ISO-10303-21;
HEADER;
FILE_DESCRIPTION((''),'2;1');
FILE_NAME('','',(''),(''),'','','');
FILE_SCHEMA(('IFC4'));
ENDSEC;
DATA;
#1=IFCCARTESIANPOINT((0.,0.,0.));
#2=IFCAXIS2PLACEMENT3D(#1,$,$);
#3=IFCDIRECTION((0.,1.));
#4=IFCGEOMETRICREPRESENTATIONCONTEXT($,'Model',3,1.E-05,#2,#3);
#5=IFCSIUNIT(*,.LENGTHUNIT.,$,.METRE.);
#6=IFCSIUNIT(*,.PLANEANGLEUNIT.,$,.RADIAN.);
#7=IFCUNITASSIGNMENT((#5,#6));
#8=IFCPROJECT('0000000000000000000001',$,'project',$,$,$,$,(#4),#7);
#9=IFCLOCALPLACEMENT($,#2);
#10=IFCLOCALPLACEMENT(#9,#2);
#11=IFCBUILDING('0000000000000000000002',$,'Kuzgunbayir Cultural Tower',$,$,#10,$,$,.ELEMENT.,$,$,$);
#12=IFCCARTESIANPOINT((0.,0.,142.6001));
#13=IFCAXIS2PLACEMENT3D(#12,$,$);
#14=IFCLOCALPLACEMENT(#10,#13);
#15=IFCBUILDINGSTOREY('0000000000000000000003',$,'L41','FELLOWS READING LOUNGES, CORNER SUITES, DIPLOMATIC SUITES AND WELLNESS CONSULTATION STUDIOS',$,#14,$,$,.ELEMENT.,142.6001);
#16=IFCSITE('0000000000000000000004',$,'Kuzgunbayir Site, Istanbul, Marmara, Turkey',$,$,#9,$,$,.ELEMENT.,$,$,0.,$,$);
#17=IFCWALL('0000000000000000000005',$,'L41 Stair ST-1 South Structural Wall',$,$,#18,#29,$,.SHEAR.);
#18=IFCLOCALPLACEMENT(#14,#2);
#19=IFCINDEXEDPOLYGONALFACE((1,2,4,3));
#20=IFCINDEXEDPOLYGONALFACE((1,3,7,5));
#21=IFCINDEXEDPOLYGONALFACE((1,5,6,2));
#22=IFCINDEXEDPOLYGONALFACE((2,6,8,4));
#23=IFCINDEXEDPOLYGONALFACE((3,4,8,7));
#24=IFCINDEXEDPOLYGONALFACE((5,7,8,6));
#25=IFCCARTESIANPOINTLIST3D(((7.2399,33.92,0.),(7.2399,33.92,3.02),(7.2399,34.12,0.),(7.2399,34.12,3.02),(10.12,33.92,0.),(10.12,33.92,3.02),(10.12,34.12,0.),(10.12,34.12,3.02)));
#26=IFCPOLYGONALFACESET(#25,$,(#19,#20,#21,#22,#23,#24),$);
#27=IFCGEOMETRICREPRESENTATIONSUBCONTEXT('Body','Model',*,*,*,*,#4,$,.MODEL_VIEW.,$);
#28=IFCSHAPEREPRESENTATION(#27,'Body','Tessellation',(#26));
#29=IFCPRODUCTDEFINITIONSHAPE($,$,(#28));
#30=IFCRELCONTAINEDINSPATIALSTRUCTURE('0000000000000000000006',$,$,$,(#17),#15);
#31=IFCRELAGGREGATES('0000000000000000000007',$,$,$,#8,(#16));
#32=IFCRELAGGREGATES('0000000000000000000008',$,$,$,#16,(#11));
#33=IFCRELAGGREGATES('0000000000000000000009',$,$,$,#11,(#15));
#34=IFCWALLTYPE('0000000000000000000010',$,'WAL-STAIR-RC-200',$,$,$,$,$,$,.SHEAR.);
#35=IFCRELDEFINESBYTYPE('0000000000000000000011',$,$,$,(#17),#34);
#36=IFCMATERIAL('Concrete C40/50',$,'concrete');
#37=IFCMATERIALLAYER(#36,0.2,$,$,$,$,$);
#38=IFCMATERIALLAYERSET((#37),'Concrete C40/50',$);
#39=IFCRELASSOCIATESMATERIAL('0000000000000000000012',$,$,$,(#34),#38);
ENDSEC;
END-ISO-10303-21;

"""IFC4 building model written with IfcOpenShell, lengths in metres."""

from ifc_helpers import new_model, si_unit, direction, frame, frame_2d, origin, place, context, subcontext, project, spatial, rectangle, extrude, material, layer, layer_set, type_object, element, save


model = new_model("IFC4")

# Units and contexts
model_context = context("Model", 3, precision=1e-05, world=origin(), true_north=direction((0.0, 1.0)))
body_context = subcontext(model_context, "Body", "Model", "MODEL_VIEW")
ifc_project = project(units=[si_unit("LENGTHUNIT", "METRE"), si_unit("PLANEANGLEUNIT", "RADIAN")], contexts=[model_context])

# Site, building, storey
site_placement = place(None, origin())
site = spatial("IfcSite", under=ifc_project, at=site_placement, Name="Kuzgunbayir Site, Istanbul, Marmara, Turkey", CompositionType="ELEMENT", RefElevation=0.0)
building_placement = place(site_placement, origin())
building = spatial("IfcBuilding", under=site, at=building_placement, Name="Kuzgunbayir Cultural Tower", CompositionType="ELEMENT")
storey_placement = place(building_placement, frame((0.0, 0.0, 142.6001)))
storey = spatial("IfcBuildingStorey", under=building, at=storey_placement, Name="L41", Description="FELLOWS READING LOUNGES, CORNER SUITES, DIPLOMATIC SUITES AND WELLNESS CONSULTATION STUDIOS", CompositionType="ELEMENT", Elevation=142.6001)

# Shared definitions
ifc_material_1 = material(Name="Concrete C40/50", Category="concrete")
ifc_layer_1 = layer(ifc_material_1, 0.2)
ifc_layer_set_1 = layer_set([ifc_layer_1], Name="Concrete C40/50")
wall_type_1 = type_object("IfcWallType", Name="WAL-STAIR-RC-200", PredefinedType="SHEAR", material=ifc_layer_set_1)

# Wall
wall_1_placement = place(storey_placement, frame((7.24, 34.02, 0.0), z_axis=(0.0, 0.0, 1.0), x_axis=(1.0, 0.0, 0.0)))
element("IfcWall", 1, at=wall_1_placement, inside=storey, type_object=wall_type_1, Name="L41 Stair ST-1 South Structural Wall", PredefinedType="SHEAR", context=body_context, shape_type="SweptSolid", body=[
    extrude(rectangle(XDim=2.8801, YDim=0.2, at=frame_2d((1.4399, 0.0))), origin(), (0.0, 0.0, 1.0), 3.02),
])

save(model, "model.ifc")
